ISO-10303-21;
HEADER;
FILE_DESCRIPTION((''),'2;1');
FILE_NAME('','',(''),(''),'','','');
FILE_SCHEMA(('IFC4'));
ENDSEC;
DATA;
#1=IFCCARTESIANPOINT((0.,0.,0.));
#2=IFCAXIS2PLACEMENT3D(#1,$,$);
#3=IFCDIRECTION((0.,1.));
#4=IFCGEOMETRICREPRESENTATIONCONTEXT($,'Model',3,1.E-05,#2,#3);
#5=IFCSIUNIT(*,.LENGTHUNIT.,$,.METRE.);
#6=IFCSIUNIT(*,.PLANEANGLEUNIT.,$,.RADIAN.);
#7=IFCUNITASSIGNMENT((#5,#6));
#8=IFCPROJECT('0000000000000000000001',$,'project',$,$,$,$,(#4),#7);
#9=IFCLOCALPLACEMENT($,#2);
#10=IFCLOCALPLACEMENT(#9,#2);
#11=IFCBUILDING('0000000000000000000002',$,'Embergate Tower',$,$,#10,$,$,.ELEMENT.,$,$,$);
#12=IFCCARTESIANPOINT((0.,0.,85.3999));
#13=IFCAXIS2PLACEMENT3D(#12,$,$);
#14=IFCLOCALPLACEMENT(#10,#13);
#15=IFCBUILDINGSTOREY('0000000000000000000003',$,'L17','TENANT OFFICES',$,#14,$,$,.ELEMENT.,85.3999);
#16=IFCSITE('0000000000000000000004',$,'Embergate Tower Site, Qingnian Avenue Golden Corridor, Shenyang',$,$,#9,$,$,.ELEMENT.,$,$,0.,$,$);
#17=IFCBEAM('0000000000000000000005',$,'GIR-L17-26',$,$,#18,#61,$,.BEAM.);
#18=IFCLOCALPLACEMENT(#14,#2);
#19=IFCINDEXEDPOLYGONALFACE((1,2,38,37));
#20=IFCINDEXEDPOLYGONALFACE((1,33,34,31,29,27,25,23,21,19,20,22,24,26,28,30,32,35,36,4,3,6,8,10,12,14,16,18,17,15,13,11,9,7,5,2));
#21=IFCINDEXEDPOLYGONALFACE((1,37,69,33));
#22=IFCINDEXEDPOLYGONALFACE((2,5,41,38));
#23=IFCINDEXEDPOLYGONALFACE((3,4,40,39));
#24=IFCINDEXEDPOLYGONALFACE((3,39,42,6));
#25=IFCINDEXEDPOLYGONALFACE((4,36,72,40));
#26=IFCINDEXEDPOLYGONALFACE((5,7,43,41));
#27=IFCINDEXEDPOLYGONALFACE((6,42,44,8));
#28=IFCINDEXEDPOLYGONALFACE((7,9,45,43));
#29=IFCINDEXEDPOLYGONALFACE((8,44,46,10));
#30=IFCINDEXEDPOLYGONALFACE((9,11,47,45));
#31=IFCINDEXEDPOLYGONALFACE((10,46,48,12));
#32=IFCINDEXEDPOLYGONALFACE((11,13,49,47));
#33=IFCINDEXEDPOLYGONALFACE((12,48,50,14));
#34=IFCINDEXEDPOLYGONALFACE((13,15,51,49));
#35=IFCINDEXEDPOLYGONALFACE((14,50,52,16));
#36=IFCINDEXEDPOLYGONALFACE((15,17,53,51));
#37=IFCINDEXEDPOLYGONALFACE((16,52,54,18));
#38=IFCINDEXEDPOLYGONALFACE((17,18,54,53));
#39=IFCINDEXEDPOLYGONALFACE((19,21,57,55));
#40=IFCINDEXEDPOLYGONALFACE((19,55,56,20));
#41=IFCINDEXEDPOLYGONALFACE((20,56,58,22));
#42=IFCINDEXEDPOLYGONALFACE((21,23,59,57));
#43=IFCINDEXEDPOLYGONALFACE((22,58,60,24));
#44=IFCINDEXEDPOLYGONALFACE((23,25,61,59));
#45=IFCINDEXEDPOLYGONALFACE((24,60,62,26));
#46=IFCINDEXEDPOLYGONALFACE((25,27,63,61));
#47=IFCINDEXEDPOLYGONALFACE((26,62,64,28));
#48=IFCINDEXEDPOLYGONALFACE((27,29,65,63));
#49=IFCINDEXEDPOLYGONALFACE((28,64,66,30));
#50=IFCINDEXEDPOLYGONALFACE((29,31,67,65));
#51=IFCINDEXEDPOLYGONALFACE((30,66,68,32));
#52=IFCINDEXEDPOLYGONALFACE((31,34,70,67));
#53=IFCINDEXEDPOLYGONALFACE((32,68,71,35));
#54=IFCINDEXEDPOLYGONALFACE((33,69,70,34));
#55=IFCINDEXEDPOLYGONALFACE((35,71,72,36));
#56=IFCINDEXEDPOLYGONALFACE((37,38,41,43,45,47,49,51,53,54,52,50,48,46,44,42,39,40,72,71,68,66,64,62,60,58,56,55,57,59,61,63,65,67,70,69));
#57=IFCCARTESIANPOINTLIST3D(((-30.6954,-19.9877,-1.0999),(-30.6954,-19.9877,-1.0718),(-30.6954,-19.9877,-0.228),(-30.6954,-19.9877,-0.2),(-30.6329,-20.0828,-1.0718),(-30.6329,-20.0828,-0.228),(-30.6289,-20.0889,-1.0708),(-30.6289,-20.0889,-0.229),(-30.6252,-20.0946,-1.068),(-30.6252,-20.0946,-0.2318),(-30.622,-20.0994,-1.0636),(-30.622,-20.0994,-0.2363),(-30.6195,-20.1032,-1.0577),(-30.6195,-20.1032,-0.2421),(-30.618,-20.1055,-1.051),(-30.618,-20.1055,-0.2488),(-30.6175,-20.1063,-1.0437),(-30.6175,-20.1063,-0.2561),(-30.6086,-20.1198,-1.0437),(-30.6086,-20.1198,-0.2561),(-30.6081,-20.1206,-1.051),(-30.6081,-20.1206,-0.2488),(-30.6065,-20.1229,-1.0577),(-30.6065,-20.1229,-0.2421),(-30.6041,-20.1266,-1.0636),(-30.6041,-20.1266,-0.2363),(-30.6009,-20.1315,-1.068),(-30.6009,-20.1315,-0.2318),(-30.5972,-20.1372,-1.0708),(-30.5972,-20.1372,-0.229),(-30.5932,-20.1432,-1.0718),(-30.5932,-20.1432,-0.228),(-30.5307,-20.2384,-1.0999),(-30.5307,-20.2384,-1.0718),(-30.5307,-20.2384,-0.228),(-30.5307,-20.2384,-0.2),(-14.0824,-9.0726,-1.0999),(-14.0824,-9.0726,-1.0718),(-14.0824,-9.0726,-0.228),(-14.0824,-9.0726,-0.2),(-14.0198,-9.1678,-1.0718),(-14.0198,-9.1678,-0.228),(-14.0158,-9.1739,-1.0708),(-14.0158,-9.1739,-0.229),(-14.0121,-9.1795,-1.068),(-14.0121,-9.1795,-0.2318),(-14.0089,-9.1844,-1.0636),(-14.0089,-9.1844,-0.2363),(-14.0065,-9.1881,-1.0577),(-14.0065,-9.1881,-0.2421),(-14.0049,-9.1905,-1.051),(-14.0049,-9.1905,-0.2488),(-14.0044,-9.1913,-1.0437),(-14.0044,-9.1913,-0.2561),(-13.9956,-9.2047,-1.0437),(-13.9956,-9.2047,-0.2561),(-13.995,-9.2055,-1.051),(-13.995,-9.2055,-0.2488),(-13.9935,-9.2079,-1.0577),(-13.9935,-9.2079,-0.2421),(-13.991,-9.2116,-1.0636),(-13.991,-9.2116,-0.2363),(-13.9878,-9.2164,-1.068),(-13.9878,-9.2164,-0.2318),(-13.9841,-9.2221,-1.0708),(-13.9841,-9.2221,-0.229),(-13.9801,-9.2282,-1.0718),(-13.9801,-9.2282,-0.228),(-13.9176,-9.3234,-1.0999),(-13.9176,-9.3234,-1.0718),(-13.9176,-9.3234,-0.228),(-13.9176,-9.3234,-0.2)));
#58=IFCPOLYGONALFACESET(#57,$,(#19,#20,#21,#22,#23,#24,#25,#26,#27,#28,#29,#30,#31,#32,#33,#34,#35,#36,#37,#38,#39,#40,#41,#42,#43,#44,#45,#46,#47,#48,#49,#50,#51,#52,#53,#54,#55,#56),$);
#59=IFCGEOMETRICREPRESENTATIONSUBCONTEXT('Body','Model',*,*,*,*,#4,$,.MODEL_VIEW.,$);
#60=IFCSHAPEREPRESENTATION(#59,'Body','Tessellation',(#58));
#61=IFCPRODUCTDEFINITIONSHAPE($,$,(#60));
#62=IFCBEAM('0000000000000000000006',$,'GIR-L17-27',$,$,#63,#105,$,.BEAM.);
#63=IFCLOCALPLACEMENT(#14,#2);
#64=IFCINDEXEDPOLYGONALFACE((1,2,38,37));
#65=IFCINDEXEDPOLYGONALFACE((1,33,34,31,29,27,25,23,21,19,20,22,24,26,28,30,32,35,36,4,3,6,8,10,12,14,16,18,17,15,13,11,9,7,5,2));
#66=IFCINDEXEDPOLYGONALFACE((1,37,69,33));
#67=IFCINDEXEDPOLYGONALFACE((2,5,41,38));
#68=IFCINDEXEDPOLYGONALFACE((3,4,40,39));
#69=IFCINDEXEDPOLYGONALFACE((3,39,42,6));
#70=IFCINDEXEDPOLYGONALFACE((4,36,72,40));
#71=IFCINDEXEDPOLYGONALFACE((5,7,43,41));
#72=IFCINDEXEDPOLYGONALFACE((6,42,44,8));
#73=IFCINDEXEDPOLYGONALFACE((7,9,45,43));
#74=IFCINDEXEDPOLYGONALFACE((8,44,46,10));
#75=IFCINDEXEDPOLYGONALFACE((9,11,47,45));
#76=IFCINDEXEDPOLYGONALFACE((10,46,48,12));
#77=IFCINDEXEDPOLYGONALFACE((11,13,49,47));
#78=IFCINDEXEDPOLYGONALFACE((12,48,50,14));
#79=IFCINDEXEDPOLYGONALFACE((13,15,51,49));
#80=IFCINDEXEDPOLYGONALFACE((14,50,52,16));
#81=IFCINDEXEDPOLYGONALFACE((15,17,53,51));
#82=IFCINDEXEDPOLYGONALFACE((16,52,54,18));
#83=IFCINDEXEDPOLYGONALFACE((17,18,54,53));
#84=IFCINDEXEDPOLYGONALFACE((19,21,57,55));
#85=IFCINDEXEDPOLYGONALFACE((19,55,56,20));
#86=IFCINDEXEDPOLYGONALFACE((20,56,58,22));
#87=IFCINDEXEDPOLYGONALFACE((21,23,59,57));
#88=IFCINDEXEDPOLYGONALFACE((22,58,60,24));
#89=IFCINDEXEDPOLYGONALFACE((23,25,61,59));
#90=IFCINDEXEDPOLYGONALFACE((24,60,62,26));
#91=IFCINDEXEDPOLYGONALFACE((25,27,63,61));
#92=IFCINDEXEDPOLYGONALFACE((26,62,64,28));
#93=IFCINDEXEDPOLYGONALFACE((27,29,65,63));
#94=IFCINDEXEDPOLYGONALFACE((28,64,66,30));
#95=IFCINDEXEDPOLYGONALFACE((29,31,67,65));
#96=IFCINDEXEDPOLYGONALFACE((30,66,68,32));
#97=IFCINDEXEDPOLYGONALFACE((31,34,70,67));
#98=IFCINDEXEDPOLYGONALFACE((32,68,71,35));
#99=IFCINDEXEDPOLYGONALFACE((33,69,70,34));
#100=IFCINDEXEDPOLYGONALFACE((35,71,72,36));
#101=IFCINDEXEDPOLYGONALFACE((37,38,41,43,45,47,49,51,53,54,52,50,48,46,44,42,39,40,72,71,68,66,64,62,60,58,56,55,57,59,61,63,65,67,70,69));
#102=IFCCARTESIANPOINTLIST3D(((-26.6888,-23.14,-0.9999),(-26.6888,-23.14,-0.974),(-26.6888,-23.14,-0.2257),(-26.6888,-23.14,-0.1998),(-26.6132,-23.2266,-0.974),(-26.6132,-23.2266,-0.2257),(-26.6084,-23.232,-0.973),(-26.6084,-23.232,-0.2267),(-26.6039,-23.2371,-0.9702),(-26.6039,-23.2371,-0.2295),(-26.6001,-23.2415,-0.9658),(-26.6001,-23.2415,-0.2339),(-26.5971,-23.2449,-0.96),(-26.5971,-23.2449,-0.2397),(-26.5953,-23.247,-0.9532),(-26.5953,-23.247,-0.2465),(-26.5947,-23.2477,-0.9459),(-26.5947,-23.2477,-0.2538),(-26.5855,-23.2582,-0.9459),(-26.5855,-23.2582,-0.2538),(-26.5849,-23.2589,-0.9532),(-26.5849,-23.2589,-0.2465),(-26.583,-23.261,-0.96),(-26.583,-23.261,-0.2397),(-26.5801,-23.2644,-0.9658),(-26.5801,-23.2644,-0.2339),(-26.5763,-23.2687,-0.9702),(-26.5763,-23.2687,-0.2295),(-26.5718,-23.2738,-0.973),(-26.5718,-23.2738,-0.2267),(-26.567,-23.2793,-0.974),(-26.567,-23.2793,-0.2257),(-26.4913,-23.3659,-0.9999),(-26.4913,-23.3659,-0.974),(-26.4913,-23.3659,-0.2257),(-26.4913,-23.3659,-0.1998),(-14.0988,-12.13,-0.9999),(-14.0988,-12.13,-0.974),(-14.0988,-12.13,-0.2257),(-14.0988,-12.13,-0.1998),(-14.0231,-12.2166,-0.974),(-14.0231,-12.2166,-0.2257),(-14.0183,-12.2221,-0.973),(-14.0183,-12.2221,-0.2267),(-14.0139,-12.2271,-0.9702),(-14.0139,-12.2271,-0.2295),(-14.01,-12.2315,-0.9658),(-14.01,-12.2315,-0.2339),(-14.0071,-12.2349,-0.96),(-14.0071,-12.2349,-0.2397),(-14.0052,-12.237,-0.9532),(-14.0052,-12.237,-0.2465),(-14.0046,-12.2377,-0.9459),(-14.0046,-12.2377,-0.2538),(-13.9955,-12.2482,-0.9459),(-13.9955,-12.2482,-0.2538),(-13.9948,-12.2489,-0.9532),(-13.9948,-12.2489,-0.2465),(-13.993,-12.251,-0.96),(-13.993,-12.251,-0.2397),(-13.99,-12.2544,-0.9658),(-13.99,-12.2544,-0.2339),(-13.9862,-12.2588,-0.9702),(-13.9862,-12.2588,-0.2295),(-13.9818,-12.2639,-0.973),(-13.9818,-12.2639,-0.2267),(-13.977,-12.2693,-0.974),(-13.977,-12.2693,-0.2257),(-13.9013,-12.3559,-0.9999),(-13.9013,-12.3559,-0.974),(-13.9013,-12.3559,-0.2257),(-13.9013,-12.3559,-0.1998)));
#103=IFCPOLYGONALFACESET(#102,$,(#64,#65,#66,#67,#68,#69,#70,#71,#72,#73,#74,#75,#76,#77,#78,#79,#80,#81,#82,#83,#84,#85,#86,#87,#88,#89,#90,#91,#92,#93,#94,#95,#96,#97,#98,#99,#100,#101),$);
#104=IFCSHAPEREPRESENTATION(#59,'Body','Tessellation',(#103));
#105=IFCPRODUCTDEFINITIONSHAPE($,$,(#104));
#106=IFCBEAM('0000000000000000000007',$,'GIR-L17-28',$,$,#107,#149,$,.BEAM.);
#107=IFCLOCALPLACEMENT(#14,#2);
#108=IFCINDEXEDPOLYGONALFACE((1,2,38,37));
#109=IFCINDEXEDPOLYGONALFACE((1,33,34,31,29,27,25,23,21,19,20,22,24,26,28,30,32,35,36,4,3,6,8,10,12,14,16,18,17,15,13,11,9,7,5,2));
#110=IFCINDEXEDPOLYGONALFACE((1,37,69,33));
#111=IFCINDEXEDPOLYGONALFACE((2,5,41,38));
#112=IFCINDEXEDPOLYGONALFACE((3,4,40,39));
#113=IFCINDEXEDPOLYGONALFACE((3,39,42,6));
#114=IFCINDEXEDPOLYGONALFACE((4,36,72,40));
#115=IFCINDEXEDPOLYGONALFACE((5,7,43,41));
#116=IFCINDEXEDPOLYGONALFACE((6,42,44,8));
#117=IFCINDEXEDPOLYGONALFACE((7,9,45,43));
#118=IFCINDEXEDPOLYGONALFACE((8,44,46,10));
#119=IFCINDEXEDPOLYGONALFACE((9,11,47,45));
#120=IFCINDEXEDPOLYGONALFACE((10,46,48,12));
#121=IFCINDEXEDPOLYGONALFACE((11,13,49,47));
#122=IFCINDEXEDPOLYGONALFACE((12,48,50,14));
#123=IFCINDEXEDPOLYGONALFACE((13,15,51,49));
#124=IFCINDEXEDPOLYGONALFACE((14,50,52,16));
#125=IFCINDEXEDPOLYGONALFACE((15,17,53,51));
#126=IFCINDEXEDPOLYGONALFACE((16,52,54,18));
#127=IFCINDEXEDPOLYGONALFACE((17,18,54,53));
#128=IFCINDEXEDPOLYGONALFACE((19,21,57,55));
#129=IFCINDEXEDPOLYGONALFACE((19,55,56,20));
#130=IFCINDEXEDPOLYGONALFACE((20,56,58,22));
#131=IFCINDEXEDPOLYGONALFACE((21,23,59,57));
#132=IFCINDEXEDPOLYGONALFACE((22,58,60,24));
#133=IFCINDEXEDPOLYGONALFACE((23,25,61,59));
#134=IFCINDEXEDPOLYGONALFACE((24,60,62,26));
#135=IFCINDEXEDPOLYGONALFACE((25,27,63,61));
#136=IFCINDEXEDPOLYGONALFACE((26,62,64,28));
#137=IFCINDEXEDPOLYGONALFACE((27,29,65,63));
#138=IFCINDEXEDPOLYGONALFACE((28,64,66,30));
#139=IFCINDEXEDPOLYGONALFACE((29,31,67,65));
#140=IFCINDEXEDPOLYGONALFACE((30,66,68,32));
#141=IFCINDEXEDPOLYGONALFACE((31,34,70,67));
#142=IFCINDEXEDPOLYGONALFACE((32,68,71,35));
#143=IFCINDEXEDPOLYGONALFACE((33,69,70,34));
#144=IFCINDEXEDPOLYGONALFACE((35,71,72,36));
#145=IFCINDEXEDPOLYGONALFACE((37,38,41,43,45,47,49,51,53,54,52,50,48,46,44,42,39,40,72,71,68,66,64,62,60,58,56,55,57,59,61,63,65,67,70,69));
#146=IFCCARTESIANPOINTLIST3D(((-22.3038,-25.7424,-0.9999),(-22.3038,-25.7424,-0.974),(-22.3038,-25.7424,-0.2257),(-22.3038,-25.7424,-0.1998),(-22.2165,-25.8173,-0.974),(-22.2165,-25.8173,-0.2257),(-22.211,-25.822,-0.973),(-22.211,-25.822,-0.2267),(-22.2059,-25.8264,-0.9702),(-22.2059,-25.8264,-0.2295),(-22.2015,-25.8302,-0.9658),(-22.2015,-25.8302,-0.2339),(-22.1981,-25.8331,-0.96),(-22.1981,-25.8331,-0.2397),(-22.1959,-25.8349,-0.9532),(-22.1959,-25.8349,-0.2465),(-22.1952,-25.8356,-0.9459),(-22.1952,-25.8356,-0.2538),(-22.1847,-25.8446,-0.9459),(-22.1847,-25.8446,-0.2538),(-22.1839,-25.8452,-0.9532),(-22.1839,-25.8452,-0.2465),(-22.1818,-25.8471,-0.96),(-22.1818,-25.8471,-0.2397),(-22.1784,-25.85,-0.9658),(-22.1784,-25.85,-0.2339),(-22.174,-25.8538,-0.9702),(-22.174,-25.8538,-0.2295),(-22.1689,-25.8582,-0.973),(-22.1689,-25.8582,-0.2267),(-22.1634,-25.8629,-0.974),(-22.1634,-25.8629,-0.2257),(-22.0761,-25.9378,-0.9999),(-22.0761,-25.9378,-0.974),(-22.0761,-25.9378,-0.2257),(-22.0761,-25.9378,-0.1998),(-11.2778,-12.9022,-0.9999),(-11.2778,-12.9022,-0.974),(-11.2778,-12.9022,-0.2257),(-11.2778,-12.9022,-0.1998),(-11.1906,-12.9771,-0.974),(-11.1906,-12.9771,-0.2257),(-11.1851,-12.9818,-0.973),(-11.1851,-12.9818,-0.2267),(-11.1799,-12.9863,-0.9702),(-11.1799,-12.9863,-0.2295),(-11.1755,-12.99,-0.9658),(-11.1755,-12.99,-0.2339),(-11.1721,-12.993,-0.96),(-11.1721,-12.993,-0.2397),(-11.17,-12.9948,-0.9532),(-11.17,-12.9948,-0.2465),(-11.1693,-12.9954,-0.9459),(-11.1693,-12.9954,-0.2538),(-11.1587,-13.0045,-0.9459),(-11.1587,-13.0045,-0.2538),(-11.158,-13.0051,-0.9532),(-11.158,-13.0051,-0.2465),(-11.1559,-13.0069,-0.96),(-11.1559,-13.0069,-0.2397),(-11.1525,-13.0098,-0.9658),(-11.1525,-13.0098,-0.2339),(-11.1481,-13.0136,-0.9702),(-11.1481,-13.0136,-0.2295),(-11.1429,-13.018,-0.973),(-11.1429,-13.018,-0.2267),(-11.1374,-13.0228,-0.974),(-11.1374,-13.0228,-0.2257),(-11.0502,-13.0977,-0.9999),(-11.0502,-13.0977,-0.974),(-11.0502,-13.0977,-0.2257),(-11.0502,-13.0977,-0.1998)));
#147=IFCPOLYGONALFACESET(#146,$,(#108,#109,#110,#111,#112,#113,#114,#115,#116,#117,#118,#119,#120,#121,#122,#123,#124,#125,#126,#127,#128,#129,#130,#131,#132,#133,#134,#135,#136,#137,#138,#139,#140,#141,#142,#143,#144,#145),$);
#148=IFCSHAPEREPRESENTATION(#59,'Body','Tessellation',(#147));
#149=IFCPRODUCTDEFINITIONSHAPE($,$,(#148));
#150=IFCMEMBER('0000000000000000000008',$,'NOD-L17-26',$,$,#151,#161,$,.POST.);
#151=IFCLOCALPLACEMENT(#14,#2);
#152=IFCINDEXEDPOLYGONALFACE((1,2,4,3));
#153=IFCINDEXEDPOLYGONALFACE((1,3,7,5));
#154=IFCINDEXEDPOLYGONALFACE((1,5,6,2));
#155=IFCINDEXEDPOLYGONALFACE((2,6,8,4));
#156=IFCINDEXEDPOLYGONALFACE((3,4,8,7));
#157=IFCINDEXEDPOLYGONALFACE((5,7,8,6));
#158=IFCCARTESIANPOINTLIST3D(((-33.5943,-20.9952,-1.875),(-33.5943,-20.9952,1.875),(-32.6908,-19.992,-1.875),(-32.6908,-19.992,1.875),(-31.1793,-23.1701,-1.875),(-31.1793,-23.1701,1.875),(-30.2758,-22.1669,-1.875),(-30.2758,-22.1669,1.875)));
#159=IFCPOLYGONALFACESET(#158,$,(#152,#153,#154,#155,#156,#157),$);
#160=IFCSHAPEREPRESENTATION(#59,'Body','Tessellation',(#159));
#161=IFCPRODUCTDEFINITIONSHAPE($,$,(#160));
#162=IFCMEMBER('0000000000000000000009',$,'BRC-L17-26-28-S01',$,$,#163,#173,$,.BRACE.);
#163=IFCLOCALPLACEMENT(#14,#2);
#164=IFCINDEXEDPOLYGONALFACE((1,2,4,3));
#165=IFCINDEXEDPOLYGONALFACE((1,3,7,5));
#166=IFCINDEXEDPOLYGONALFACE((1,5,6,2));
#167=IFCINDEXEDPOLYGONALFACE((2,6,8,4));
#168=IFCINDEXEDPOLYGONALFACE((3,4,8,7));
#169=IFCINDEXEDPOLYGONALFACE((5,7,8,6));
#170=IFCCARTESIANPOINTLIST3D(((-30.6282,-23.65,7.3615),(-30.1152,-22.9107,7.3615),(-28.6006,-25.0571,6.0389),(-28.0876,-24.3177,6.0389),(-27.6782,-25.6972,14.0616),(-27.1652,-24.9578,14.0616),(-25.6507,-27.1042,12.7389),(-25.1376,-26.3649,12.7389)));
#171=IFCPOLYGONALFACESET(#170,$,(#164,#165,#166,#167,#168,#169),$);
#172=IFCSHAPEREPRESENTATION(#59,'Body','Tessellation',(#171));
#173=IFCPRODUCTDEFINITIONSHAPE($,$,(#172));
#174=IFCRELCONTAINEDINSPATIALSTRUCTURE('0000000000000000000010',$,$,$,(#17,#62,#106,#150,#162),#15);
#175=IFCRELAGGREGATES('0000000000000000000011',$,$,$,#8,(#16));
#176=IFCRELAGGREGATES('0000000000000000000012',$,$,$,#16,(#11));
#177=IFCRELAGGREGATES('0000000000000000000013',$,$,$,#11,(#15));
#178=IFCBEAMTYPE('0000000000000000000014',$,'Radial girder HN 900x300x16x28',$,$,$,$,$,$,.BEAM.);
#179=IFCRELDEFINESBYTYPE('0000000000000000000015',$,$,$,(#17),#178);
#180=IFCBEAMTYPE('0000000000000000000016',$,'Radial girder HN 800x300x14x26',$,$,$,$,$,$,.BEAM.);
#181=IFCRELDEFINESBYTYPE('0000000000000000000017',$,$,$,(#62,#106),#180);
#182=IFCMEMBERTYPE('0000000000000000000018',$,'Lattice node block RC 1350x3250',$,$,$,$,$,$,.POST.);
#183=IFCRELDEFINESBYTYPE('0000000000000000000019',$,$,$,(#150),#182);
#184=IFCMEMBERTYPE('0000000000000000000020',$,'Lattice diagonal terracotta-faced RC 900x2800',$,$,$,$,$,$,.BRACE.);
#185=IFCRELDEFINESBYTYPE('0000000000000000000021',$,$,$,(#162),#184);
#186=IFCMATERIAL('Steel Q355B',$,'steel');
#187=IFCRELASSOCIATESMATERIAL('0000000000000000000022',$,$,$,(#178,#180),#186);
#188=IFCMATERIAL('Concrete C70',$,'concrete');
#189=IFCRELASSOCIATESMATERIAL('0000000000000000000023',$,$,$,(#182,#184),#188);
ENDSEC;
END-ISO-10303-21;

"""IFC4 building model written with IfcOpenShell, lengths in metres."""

from ifc_helpers import new_model, si_unit, direction, frame, origin, origin_2d, place, context, subcontext, project, spatial, rectangle, i_section, extrude, source, transform, mapped, material, material_profile, profile_set, type_object, element, save


model = new_model("IFC4")

# Units and contexts
model_context = context("Model", 3, precision=1e-05, world=origin(), true_north=direction((0.0, 1.0)))
body_context = subcontext(model_context, "Body", "Model", "MODEL_VIEW")
ifc_project = project(units=[si_unit("LENGTHUNIT", "METRE"), si_unit("PLANEANGLEUNIT", "RADIAN")], contexts=[model_context])

# Site, building, storey
site_placement = place(None, origin())
site = spatial("IfcSite", under=ifc_project, at=site_placement, Name="Embergate Tower Site, Qingnian Avenue Golden Corridor, Shenyang", CompositionType="ELEMENT", RefElevation=0.0)
building_placement = place(site_placement, origin())
building = spatial("IfcBuilding", under=site, at=building_placement, Name="Embergate Tower", CompositionType="ELEMENT")
storey_placement = place(building_placement, frame((0.0, 0.0, 85.3999)))
storey = spatial("IfcBuildingStorey", under=building, at=storey_placement, Name="L17", Description="TENANT OFFICES", CompositionType="ELEMENT", Elevation=85.3999)

# Shared definitions
ifc_material_1 = material(Name="Concrete C70", Category="concrete")

# Beams
ifc_material_2 = material(Name="Steel Q355B", Category="steel")
ifc_material_profile_1 = material_profile(ifc_material_2, i_section(OverallWidth=0.3, OverallDepth=0.8999, WebThickness=0.0161, FlangeThickness=0.0281, FilletRadius=0.0281, at=origin_2d()), Name="HN 900x300x16x28")
ifc_profile_set_1 = profile_set([ifc_material_profile_1], Name="Steel Q355 grade B")
beam_type_1 = type_object("IfcBeamType", Name="Radial girder HN 900x300x16x28", PredefinedType="BEAM", material=ifc_profile_set_1)
shared_shape_1 = source(origin(), body_context, "Body", "SweptSolid", [
    extrude(i_section(OverallWidth=0.3, OverallDepth=0.8999, WebThickness=0.0161, FlangeThickness=0.0281, FilletRadius=0.0281, at=origin_2d()), origin(), (0.0, 0.0, 1.0), 19.8779),
])
beam_1_placement = place(storey_placement, frame((-30.613, -20.113, -0.6499), z_axis=(0.835754, 0.549104, 0.0), x_axis=(-0.549104, 0.835754, 0.0)))
element("IfcBeam", 1, at=beam_1_placement, inside=storey, type_object=beam_type_1, Name="GIR-L17-26", PredefinedType="BEAM", context=body_context, shape_type="MappedRepresentation", body=[
    mapped(shared_shape_1, transform((0.0, 0.0, 0.0))),
])
ifc_material_profile_2 = material_profile(ifc_material_2, i_section(OverallWidth=0.3, OverallDepth=0.8, WebThickness=0.0139, FlangeThickness=0.0259, FilletRadius=0.0281, at=origin_2d()), Name="HN 800x300x14x26")
ifc_profile_set_2 = profile_set([ifc_material_profile_2], Name="Steel Q355 grade B")
beam_type_2 = type_object("IfcBeamType", Name="Radial girder HN 800x300x14x26", PredefinedType="BEAM", material=ifc_profile_set_2)
shared_shape_2 = source(origin(), body_context, "Body", "SweptSolid", [
    extrude(i_section(OverallWidth=0.3, OverallDepth=0.8, WebThickness=0.0139, FlangeThickness=0.0259, FilletRadius=0.0281, at=origin_2d()), origin(), (0.0, 0.0, 1.0), 16.7251),
])
beam_2_placement = place(storey_placement, frame((-26.5901, -23.2529, -0.5999), z_axis=(0.752764, 0.658291, 0.0), x_axis=(-0.658291, 0.752764, 0.0)))
element("IfcBeam", 2, at=beam_2_placement, inside=storey, type_object=beam_type_2, Name="GIR-L17-27", PredefinedType="BEAM", context=body_context, shape_type="MappedRepresentation", body=[
    mapped(shared_shape_2, transform((0.0, 0.0, 0.0))),
])
shared_shape_3 = source(origin(), body_context, "Body", "SweptSolid", [
    extrude(i_section(OverallWidth=0.3, OverallDepth=0.8, WebThickness=0.0139, FlangeThickness=0.0259, FilletRadius=0.0281, at=origin_2d()), origin(), (0.0, 0.0, 1.0), 16.9246),
])
beam_3_placement = place(storey_placement, frame((-22.1899, -25.8401, -0.5999), z_axis=(0.651475, 0.75867, 0.0), x_axis=(-0.75867, 0.651475, 0.0)))
element("IfcBeam", 3, at=beam_3_placement, inside=storey, type_object=beam_type_2, Name="GIR-L17-28", PredefinedType="BEAM", context=body_context, shape_type="MappedRepresentation", body=[
    mapped(shared_shape_3, transform((0.0, 0.0, 0.0))),
])

# Members
ifc_material_profile_3 = material_profile(ifc_material_1, rectangle(XDim=1.3501, YDim=3.25, at=origin_2d()), Name="RC 1350x3250")
ifc_profile_set_3 = profile_set([ifc_material_profile_3], Name="Concrete C70")
member_type_1 = type_object("IfcMemberType", Name="Lattice node block RC 1350x3250", PredefinedType="POST", material=ifc_profile_set_3)
shared_shape_4 = source(origin(), body_context, "Body", "SweptSolid", [
    extrude(rectangle(XDim=1.3501, YDim=3.25, at=origin_2d()), origin(), (0.0, 0.0, 1.0), 3.75),
])
member_1_placement = place(storey_placement, frame((-31.9351, -21.5811, -1.875), z_axis=(0.0, 0.0, 1.0), x_axis=(-0.669208, -0.743075, 0.0)))
element("IfcMember", 4, at=member_1_placement, inside=storey, type_object=member_type_1, Name="NOD-L17-26", PredefinedType="POST", context=body_context, shape_type="MappedRepresentation", body=[
    mapped(shared_shape_4, transform((0.0, 0.0, 0.0))),
])
ifc_material_profile_4 = material_profile(ifc_material_1, rectangle(XDim=0.8999, YDim=2.8, at=origin_2d()), Name="RC 900x2800")
ifc_profile_set_4 = profile_set([ifc_material_profile_4], Name="Concrete C70")
member_type_2 = type_object("IfcMemberType", Name="Lattice diagonal terracotta-faced RC 900x2800", PredefinedType="BRACE", material=ifc_profile_set_4)
shared_shape_5 = source(origin(), body_context, "Body", "SweptSolid", [
    extrude(rectangle(XDim=0.8999, YDim=2.8, at=origin_2d()), origin(), (0.0, 0.0, 1.0), 7.6016),
])
member_2_placement = place(storey_placement, frame((-29.3579, -23.9839, 6.7002), z_axis=(0.388077, -0.269306, 0.881403), x_axis=(0.570122, 0.82156, 0.0)))
element("IfcMember", 5, at=member_2_placement, inside=storey, type_object=member_type_2, Name="BRC-L17-26-28-S01", PredefinedType="BRACE", context=body_context, shape_type="MappedRepresentation", body=[
    mapped(shared_shape_5, transform((0.0, 0.0, 0.0))),
])

save(model, "model.ifc")
